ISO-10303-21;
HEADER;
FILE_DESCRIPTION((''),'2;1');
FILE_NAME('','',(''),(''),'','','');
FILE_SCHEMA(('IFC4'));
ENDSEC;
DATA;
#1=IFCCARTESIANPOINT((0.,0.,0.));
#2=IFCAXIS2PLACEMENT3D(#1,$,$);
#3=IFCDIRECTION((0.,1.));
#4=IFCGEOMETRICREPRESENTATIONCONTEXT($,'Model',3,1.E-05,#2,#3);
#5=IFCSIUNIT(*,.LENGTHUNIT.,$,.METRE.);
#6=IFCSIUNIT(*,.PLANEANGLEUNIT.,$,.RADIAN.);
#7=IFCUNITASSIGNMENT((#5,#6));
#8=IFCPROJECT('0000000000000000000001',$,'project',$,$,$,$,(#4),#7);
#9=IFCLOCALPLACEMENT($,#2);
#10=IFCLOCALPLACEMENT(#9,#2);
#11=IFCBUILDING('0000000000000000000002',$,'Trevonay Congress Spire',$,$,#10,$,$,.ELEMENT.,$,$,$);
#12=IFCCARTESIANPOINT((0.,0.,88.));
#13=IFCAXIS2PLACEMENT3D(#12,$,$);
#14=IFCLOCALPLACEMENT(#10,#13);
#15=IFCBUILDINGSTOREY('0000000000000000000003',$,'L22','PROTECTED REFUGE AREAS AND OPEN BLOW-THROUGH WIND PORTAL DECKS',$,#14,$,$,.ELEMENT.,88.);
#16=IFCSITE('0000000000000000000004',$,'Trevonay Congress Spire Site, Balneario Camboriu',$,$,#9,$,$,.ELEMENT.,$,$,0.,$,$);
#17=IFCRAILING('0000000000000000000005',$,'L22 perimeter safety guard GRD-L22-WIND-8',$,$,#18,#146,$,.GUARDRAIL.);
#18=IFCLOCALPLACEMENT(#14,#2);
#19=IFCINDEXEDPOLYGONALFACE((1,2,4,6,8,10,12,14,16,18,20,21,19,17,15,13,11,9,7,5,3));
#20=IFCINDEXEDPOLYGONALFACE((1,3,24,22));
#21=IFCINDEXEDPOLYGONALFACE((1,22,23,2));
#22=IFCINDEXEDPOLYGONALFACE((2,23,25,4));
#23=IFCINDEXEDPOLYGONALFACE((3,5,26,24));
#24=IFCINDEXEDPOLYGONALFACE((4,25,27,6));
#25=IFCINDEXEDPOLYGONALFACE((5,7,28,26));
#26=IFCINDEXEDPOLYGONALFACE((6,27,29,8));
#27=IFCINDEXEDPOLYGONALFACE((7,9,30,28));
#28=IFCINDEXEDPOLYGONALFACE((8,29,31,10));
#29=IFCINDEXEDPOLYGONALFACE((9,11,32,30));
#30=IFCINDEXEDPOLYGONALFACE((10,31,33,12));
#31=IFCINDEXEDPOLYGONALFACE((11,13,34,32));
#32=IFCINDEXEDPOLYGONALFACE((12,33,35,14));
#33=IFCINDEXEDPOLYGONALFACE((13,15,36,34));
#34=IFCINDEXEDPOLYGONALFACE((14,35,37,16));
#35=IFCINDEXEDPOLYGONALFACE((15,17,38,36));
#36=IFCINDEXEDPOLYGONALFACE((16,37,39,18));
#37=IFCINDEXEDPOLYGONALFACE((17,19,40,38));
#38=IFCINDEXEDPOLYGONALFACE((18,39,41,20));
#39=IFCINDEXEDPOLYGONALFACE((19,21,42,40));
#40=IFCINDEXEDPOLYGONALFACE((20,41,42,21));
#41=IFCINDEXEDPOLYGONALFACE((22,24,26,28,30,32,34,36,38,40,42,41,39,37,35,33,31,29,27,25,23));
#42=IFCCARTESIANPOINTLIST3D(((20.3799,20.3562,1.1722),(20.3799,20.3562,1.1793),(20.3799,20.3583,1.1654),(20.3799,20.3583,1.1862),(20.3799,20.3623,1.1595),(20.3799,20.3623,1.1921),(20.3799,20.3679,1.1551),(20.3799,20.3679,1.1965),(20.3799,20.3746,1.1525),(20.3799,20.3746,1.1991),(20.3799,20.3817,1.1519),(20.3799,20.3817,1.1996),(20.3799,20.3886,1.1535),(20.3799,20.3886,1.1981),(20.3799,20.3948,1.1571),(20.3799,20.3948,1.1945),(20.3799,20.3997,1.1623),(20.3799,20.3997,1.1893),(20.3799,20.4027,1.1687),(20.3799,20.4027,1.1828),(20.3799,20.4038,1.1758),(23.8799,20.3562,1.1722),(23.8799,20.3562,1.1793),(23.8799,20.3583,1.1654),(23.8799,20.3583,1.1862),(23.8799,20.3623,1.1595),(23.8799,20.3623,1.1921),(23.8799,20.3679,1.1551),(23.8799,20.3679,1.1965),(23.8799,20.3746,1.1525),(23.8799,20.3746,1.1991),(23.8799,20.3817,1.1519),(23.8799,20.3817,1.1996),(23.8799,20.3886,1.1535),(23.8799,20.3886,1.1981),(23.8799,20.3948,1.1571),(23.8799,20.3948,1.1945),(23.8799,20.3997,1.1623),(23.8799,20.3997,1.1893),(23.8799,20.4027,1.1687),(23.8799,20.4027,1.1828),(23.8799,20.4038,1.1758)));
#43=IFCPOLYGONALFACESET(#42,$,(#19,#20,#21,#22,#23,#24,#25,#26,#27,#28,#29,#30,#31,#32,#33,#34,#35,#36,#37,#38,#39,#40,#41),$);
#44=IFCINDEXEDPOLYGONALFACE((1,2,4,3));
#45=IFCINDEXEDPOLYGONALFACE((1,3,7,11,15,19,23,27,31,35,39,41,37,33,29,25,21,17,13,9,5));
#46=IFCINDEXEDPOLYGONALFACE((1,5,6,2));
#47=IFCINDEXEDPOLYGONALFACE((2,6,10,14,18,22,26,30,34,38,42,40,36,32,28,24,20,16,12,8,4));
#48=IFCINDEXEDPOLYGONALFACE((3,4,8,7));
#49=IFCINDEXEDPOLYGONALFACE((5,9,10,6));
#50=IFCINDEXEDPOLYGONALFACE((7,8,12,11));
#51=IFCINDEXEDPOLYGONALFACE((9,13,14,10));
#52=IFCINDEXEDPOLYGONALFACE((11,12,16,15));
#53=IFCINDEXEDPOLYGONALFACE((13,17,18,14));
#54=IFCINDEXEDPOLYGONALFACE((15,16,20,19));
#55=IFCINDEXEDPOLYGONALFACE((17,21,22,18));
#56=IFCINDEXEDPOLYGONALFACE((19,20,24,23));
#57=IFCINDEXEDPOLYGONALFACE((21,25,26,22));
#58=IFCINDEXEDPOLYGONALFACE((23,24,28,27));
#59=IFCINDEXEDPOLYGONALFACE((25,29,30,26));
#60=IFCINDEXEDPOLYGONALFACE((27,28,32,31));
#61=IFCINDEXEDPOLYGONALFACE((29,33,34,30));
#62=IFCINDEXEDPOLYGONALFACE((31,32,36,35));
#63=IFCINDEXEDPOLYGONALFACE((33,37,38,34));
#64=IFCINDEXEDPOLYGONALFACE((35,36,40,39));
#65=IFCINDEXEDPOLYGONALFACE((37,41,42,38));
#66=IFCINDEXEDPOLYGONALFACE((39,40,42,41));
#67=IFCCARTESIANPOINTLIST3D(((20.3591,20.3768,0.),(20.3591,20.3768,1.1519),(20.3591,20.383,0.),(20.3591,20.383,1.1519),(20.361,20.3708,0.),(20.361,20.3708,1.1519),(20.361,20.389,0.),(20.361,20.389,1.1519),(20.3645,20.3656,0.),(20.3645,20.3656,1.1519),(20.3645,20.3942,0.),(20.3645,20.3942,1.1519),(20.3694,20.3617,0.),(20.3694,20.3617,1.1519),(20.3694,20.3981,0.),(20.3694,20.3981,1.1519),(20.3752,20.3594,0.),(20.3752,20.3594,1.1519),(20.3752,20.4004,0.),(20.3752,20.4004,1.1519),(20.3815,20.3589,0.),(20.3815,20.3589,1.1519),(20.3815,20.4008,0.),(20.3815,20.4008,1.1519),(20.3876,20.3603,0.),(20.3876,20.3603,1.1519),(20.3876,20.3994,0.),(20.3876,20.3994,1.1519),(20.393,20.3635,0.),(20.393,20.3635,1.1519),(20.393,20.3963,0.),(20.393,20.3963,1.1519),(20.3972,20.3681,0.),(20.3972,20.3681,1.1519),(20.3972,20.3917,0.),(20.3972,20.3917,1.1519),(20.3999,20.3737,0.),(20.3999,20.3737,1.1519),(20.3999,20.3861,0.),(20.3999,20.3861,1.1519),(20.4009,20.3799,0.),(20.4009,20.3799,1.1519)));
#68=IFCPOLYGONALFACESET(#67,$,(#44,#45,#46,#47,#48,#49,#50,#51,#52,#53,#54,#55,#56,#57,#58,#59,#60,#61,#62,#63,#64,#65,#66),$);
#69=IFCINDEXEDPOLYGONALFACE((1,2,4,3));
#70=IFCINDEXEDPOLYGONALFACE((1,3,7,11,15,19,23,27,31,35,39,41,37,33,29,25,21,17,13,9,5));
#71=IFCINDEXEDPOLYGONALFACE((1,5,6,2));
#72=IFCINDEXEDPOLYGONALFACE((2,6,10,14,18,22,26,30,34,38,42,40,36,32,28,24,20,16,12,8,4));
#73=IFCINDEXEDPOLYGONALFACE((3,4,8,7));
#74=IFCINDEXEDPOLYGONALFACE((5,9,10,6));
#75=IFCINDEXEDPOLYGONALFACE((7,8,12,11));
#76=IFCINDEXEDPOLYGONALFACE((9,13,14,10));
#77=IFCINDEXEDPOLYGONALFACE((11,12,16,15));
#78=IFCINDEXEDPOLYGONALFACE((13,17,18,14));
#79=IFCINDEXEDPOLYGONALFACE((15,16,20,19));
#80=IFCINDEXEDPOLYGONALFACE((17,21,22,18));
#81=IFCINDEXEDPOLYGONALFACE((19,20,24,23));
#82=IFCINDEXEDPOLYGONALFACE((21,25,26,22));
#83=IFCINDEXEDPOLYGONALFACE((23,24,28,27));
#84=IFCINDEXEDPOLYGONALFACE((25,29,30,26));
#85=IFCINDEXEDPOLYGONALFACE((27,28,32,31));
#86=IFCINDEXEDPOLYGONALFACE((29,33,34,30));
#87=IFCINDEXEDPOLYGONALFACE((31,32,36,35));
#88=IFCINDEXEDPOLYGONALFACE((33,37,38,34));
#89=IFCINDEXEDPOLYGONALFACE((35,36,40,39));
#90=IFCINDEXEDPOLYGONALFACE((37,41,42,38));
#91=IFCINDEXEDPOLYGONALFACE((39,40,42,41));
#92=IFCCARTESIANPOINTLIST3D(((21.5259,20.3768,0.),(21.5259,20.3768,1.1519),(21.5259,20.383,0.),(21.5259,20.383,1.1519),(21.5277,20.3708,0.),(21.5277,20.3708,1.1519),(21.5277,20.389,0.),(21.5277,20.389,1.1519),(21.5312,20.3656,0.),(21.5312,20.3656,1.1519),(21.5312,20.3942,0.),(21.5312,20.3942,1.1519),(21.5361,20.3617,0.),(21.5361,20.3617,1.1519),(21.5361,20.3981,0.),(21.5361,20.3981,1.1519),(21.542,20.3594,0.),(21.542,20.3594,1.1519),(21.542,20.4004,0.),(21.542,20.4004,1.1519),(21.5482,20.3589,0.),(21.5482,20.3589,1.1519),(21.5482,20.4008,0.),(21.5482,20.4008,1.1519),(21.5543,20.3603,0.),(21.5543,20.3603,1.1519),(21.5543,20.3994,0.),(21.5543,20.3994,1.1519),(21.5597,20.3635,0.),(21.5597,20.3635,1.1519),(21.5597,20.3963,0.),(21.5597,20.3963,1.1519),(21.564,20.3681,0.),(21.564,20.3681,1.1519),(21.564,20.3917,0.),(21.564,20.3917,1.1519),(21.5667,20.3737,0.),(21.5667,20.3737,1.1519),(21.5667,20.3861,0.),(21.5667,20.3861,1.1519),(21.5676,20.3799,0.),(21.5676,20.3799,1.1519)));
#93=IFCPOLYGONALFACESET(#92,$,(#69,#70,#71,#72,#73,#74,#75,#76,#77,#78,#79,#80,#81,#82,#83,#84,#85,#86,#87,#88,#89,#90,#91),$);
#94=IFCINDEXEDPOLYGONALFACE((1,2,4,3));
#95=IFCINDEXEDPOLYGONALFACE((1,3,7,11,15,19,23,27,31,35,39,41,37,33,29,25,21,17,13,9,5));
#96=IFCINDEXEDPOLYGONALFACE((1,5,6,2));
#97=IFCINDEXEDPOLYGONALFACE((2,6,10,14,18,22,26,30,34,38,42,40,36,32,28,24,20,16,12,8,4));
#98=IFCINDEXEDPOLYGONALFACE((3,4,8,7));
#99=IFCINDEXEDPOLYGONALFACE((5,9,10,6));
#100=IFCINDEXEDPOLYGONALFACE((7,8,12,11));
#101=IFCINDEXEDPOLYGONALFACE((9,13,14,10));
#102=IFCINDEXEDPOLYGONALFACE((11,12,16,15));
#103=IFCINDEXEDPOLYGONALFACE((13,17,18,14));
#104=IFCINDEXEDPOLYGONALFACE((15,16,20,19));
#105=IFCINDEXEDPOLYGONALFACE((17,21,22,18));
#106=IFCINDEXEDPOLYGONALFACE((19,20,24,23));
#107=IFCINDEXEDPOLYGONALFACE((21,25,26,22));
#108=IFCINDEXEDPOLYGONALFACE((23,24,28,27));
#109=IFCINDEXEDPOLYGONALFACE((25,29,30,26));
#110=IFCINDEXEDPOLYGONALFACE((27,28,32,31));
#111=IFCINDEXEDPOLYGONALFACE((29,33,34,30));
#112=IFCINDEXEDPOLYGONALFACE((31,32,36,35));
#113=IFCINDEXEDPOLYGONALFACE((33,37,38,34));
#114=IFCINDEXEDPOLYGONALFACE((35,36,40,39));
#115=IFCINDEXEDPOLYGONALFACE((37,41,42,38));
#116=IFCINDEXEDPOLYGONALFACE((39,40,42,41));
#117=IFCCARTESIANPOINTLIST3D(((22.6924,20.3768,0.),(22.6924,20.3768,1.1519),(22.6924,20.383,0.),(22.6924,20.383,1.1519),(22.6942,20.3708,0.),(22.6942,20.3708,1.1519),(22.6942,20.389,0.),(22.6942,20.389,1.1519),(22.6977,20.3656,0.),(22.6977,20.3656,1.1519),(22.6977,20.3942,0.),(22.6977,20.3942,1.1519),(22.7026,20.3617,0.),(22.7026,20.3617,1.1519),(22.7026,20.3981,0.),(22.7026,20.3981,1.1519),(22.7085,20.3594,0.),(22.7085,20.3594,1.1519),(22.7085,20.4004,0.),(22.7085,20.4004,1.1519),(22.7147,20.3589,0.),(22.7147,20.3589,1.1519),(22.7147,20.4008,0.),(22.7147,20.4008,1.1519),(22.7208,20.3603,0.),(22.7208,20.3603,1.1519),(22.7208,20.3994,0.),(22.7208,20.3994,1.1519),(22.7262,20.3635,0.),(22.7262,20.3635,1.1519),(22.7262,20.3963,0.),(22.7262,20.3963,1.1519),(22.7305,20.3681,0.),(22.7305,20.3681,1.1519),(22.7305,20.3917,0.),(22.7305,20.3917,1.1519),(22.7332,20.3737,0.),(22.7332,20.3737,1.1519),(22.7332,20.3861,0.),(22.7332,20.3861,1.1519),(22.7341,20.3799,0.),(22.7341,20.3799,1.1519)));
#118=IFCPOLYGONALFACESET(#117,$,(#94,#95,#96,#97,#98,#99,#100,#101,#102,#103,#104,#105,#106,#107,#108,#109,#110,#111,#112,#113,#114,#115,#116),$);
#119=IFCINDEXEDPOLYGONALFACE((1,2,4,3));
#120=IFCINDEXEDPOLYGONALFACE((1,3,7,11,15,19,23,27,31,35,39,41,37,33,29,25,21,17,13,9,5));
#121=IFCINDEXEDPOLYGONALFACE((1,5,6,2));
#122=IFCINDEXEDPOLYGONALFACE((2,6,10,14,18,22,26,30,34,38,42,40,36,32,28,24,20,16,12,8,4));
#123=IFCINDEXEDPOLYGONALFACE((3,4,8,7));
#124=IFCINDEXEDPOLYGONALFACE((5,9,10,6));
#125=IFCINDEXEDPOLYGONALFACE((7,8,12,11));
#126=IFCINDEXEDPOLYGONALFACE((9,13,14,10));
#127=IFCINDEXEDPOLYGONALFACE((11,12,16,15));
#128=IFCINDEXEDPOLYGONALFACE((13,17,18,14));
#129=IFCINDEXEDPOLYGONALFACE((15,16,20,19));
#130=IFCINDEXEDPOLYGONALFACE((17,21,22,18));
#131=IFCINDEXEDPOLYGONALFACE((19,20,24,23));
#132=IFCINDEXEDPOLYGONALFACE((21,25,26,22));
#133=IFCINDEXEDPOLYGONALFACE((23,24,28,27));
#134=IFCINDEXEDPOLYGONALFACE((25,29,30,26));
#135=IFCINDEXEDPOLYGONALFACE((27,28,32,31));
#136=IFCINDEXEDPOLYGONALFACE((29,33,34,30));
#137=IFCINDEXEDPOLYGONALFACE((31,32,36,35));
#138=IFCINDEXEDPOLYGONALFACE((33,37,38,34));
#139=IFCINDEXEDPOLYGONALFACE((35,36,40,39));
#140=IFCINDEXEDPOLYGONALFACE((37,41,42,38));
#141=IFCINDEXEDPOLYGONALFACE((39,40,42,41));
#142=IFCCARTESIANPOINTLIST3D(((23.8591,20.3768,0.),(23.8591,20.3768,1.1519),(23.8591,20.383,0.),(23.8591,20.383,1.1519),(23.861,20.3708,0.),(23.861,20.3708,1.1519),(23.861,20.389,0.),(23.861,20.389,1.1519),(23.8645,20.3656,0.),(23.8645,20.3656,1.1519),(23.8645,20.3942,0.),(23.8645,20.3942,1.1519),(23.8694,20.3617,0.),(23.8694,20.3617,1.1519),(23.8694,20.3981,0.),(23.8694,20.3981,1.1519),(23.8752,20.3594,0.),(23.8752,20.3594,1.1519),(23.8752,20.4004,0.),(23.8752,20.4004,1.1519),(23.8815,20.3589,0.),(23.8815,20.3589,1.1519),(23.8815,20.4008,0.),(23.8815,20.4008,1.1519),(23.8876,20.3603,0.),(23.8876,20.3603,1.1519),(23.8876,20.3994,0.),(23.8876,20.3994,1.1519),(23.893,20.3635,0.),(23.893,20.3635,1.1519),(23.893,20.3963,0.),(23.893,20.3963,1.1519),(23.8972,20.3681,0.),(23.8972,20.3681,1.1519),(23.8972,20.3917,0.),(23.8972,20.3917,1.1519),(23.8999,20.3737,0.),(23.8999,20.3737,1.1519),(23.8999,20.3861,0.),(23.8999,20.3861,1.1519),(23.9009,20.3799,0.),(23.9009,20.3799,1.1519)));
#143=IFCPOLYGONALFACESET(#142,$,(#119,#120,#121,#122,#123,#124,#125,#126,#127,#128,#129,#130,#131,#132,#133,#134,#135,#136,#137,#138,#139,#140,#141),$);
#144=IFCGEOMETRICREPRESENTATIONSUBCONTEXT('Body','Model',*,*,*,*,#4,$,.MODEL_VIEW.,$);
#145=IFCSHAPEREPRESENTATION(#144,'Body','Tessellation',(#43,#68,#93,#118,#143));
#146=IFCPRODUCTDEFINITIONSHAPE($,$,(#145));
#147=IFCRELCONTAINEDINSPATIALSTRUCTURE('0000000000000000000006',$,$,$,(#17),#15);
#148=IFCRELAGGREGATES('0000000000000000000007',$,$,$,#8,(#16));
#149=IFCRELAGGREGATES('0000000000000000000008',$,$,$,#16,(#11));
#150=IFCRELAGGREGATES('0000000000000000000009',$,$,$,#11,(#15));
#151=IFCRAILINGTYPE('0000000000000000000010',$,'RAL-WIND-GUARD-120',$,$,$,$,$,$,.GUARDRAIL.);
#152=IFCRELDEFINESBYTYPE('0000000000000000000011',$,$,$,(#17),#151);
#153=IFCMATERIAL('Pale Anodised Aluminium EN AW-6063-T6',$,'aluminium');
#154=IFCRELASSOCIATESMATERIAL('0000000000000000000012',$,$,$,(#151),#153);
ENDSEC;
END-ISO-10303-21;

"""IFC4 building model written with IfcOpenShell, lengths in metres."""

from ifc_helpers import new_model, si_unit, direction, frame, origin, origin_2d, place, context, subcontext, project, spatial, circle, extrude, material, type_object, element, save


model = new_model("IFC4")

# Units and contexts
model_context = context("Model", 3, precision=1e-05, world=origin(), true_north=direction((0.0, 1.0)))
body_context = subcontext(model_context, "Body", "Model", "MODEL_VIEW")
ifc_project = project(units=[si_unit("LENGTHUNIT", "METRE"), si_unit("PLANEANGLEUNIT", "RADIAN")], contexts=[model_context])

# Site, building, storey
site_placement = place(None, origin())
site = spatial("IfcSite", under=ifc_project, at=site_placement, Name="Trevonay Congress Spire Site, Balneario Camboriu", CompositionType="ELEMENT", RefElevation=0.0)
building_placement = place(site_placement, origin())
building = spatial("IfcBuilding", under=site, at=building_placement, Name="Trevonay Congress Spire", CompositionType="ELEMENT")
storey_placement = place(building_placement, frame((0.0, 0.0, 88.0)))
storey = spatial("IfcBuildingStorey", under=building, at=storey_placement, Name="L22", Description="PROTECTED REFUGE AREAS AND OPEN BLOW-THROUGH WIND PORTAL DECKS", CompositionType="ELEMENT", Elevation=88.0)

# Railing
ifc_material_1 = material(Name="Pale Anodised Aluminium EN AW-6063-T6", Category="aluminium")
railing_type = type_object("IfcRailingType", Name="RAL-WIND-GUARD-120", PredefinedType="GUARDRAIL", material=ifc_material_1)
railing_1_placement = place(storey_placement, frame((20.3799, 20.3799, 0.0)))
element("IfcRailing", 1, at=railing_1_placement, inside=storey, type_object=railing_type, Name="L22 perimeter safety guard GRD-L22-WIND-8", PredefinedType="GUARDRAIL", context=body_context, shape_type="SweptSolid", body=[
    extrude(circle(Radius=0.0239, at=origin_2d()), frame((0.0, 0.0, 1.1758), z_axis=(1.0, 0.0, 0.0), x_axis=(0.0, 1.0, 0.0)), (0.0, 0.0, 1.0), 3.5),
    extrude(circle(Radius=0.021, at=origin_2d()), origin(), (0.0, 0.0, 1.0), 1.1519),
    extrude(circle(Radius=0.021, at=origin_2d()), frame((1.1667, 0.0, 0.0)), (0.0, 0.0, 1.0), 1.1519),
    extrude(circle(Radius=0.021, at=origin_2d()), frame((2.3333, 0.0, 0.0)), (0.0, 0.0, 1.0), 1.1519),
    extrude(circle(Radius=0.021, at=origin_2d()), frame((3.5, 0.0, 0.0)), (0.0, 0.0, 1.0), 1.1519),
])

save(model, "model.ifc")
